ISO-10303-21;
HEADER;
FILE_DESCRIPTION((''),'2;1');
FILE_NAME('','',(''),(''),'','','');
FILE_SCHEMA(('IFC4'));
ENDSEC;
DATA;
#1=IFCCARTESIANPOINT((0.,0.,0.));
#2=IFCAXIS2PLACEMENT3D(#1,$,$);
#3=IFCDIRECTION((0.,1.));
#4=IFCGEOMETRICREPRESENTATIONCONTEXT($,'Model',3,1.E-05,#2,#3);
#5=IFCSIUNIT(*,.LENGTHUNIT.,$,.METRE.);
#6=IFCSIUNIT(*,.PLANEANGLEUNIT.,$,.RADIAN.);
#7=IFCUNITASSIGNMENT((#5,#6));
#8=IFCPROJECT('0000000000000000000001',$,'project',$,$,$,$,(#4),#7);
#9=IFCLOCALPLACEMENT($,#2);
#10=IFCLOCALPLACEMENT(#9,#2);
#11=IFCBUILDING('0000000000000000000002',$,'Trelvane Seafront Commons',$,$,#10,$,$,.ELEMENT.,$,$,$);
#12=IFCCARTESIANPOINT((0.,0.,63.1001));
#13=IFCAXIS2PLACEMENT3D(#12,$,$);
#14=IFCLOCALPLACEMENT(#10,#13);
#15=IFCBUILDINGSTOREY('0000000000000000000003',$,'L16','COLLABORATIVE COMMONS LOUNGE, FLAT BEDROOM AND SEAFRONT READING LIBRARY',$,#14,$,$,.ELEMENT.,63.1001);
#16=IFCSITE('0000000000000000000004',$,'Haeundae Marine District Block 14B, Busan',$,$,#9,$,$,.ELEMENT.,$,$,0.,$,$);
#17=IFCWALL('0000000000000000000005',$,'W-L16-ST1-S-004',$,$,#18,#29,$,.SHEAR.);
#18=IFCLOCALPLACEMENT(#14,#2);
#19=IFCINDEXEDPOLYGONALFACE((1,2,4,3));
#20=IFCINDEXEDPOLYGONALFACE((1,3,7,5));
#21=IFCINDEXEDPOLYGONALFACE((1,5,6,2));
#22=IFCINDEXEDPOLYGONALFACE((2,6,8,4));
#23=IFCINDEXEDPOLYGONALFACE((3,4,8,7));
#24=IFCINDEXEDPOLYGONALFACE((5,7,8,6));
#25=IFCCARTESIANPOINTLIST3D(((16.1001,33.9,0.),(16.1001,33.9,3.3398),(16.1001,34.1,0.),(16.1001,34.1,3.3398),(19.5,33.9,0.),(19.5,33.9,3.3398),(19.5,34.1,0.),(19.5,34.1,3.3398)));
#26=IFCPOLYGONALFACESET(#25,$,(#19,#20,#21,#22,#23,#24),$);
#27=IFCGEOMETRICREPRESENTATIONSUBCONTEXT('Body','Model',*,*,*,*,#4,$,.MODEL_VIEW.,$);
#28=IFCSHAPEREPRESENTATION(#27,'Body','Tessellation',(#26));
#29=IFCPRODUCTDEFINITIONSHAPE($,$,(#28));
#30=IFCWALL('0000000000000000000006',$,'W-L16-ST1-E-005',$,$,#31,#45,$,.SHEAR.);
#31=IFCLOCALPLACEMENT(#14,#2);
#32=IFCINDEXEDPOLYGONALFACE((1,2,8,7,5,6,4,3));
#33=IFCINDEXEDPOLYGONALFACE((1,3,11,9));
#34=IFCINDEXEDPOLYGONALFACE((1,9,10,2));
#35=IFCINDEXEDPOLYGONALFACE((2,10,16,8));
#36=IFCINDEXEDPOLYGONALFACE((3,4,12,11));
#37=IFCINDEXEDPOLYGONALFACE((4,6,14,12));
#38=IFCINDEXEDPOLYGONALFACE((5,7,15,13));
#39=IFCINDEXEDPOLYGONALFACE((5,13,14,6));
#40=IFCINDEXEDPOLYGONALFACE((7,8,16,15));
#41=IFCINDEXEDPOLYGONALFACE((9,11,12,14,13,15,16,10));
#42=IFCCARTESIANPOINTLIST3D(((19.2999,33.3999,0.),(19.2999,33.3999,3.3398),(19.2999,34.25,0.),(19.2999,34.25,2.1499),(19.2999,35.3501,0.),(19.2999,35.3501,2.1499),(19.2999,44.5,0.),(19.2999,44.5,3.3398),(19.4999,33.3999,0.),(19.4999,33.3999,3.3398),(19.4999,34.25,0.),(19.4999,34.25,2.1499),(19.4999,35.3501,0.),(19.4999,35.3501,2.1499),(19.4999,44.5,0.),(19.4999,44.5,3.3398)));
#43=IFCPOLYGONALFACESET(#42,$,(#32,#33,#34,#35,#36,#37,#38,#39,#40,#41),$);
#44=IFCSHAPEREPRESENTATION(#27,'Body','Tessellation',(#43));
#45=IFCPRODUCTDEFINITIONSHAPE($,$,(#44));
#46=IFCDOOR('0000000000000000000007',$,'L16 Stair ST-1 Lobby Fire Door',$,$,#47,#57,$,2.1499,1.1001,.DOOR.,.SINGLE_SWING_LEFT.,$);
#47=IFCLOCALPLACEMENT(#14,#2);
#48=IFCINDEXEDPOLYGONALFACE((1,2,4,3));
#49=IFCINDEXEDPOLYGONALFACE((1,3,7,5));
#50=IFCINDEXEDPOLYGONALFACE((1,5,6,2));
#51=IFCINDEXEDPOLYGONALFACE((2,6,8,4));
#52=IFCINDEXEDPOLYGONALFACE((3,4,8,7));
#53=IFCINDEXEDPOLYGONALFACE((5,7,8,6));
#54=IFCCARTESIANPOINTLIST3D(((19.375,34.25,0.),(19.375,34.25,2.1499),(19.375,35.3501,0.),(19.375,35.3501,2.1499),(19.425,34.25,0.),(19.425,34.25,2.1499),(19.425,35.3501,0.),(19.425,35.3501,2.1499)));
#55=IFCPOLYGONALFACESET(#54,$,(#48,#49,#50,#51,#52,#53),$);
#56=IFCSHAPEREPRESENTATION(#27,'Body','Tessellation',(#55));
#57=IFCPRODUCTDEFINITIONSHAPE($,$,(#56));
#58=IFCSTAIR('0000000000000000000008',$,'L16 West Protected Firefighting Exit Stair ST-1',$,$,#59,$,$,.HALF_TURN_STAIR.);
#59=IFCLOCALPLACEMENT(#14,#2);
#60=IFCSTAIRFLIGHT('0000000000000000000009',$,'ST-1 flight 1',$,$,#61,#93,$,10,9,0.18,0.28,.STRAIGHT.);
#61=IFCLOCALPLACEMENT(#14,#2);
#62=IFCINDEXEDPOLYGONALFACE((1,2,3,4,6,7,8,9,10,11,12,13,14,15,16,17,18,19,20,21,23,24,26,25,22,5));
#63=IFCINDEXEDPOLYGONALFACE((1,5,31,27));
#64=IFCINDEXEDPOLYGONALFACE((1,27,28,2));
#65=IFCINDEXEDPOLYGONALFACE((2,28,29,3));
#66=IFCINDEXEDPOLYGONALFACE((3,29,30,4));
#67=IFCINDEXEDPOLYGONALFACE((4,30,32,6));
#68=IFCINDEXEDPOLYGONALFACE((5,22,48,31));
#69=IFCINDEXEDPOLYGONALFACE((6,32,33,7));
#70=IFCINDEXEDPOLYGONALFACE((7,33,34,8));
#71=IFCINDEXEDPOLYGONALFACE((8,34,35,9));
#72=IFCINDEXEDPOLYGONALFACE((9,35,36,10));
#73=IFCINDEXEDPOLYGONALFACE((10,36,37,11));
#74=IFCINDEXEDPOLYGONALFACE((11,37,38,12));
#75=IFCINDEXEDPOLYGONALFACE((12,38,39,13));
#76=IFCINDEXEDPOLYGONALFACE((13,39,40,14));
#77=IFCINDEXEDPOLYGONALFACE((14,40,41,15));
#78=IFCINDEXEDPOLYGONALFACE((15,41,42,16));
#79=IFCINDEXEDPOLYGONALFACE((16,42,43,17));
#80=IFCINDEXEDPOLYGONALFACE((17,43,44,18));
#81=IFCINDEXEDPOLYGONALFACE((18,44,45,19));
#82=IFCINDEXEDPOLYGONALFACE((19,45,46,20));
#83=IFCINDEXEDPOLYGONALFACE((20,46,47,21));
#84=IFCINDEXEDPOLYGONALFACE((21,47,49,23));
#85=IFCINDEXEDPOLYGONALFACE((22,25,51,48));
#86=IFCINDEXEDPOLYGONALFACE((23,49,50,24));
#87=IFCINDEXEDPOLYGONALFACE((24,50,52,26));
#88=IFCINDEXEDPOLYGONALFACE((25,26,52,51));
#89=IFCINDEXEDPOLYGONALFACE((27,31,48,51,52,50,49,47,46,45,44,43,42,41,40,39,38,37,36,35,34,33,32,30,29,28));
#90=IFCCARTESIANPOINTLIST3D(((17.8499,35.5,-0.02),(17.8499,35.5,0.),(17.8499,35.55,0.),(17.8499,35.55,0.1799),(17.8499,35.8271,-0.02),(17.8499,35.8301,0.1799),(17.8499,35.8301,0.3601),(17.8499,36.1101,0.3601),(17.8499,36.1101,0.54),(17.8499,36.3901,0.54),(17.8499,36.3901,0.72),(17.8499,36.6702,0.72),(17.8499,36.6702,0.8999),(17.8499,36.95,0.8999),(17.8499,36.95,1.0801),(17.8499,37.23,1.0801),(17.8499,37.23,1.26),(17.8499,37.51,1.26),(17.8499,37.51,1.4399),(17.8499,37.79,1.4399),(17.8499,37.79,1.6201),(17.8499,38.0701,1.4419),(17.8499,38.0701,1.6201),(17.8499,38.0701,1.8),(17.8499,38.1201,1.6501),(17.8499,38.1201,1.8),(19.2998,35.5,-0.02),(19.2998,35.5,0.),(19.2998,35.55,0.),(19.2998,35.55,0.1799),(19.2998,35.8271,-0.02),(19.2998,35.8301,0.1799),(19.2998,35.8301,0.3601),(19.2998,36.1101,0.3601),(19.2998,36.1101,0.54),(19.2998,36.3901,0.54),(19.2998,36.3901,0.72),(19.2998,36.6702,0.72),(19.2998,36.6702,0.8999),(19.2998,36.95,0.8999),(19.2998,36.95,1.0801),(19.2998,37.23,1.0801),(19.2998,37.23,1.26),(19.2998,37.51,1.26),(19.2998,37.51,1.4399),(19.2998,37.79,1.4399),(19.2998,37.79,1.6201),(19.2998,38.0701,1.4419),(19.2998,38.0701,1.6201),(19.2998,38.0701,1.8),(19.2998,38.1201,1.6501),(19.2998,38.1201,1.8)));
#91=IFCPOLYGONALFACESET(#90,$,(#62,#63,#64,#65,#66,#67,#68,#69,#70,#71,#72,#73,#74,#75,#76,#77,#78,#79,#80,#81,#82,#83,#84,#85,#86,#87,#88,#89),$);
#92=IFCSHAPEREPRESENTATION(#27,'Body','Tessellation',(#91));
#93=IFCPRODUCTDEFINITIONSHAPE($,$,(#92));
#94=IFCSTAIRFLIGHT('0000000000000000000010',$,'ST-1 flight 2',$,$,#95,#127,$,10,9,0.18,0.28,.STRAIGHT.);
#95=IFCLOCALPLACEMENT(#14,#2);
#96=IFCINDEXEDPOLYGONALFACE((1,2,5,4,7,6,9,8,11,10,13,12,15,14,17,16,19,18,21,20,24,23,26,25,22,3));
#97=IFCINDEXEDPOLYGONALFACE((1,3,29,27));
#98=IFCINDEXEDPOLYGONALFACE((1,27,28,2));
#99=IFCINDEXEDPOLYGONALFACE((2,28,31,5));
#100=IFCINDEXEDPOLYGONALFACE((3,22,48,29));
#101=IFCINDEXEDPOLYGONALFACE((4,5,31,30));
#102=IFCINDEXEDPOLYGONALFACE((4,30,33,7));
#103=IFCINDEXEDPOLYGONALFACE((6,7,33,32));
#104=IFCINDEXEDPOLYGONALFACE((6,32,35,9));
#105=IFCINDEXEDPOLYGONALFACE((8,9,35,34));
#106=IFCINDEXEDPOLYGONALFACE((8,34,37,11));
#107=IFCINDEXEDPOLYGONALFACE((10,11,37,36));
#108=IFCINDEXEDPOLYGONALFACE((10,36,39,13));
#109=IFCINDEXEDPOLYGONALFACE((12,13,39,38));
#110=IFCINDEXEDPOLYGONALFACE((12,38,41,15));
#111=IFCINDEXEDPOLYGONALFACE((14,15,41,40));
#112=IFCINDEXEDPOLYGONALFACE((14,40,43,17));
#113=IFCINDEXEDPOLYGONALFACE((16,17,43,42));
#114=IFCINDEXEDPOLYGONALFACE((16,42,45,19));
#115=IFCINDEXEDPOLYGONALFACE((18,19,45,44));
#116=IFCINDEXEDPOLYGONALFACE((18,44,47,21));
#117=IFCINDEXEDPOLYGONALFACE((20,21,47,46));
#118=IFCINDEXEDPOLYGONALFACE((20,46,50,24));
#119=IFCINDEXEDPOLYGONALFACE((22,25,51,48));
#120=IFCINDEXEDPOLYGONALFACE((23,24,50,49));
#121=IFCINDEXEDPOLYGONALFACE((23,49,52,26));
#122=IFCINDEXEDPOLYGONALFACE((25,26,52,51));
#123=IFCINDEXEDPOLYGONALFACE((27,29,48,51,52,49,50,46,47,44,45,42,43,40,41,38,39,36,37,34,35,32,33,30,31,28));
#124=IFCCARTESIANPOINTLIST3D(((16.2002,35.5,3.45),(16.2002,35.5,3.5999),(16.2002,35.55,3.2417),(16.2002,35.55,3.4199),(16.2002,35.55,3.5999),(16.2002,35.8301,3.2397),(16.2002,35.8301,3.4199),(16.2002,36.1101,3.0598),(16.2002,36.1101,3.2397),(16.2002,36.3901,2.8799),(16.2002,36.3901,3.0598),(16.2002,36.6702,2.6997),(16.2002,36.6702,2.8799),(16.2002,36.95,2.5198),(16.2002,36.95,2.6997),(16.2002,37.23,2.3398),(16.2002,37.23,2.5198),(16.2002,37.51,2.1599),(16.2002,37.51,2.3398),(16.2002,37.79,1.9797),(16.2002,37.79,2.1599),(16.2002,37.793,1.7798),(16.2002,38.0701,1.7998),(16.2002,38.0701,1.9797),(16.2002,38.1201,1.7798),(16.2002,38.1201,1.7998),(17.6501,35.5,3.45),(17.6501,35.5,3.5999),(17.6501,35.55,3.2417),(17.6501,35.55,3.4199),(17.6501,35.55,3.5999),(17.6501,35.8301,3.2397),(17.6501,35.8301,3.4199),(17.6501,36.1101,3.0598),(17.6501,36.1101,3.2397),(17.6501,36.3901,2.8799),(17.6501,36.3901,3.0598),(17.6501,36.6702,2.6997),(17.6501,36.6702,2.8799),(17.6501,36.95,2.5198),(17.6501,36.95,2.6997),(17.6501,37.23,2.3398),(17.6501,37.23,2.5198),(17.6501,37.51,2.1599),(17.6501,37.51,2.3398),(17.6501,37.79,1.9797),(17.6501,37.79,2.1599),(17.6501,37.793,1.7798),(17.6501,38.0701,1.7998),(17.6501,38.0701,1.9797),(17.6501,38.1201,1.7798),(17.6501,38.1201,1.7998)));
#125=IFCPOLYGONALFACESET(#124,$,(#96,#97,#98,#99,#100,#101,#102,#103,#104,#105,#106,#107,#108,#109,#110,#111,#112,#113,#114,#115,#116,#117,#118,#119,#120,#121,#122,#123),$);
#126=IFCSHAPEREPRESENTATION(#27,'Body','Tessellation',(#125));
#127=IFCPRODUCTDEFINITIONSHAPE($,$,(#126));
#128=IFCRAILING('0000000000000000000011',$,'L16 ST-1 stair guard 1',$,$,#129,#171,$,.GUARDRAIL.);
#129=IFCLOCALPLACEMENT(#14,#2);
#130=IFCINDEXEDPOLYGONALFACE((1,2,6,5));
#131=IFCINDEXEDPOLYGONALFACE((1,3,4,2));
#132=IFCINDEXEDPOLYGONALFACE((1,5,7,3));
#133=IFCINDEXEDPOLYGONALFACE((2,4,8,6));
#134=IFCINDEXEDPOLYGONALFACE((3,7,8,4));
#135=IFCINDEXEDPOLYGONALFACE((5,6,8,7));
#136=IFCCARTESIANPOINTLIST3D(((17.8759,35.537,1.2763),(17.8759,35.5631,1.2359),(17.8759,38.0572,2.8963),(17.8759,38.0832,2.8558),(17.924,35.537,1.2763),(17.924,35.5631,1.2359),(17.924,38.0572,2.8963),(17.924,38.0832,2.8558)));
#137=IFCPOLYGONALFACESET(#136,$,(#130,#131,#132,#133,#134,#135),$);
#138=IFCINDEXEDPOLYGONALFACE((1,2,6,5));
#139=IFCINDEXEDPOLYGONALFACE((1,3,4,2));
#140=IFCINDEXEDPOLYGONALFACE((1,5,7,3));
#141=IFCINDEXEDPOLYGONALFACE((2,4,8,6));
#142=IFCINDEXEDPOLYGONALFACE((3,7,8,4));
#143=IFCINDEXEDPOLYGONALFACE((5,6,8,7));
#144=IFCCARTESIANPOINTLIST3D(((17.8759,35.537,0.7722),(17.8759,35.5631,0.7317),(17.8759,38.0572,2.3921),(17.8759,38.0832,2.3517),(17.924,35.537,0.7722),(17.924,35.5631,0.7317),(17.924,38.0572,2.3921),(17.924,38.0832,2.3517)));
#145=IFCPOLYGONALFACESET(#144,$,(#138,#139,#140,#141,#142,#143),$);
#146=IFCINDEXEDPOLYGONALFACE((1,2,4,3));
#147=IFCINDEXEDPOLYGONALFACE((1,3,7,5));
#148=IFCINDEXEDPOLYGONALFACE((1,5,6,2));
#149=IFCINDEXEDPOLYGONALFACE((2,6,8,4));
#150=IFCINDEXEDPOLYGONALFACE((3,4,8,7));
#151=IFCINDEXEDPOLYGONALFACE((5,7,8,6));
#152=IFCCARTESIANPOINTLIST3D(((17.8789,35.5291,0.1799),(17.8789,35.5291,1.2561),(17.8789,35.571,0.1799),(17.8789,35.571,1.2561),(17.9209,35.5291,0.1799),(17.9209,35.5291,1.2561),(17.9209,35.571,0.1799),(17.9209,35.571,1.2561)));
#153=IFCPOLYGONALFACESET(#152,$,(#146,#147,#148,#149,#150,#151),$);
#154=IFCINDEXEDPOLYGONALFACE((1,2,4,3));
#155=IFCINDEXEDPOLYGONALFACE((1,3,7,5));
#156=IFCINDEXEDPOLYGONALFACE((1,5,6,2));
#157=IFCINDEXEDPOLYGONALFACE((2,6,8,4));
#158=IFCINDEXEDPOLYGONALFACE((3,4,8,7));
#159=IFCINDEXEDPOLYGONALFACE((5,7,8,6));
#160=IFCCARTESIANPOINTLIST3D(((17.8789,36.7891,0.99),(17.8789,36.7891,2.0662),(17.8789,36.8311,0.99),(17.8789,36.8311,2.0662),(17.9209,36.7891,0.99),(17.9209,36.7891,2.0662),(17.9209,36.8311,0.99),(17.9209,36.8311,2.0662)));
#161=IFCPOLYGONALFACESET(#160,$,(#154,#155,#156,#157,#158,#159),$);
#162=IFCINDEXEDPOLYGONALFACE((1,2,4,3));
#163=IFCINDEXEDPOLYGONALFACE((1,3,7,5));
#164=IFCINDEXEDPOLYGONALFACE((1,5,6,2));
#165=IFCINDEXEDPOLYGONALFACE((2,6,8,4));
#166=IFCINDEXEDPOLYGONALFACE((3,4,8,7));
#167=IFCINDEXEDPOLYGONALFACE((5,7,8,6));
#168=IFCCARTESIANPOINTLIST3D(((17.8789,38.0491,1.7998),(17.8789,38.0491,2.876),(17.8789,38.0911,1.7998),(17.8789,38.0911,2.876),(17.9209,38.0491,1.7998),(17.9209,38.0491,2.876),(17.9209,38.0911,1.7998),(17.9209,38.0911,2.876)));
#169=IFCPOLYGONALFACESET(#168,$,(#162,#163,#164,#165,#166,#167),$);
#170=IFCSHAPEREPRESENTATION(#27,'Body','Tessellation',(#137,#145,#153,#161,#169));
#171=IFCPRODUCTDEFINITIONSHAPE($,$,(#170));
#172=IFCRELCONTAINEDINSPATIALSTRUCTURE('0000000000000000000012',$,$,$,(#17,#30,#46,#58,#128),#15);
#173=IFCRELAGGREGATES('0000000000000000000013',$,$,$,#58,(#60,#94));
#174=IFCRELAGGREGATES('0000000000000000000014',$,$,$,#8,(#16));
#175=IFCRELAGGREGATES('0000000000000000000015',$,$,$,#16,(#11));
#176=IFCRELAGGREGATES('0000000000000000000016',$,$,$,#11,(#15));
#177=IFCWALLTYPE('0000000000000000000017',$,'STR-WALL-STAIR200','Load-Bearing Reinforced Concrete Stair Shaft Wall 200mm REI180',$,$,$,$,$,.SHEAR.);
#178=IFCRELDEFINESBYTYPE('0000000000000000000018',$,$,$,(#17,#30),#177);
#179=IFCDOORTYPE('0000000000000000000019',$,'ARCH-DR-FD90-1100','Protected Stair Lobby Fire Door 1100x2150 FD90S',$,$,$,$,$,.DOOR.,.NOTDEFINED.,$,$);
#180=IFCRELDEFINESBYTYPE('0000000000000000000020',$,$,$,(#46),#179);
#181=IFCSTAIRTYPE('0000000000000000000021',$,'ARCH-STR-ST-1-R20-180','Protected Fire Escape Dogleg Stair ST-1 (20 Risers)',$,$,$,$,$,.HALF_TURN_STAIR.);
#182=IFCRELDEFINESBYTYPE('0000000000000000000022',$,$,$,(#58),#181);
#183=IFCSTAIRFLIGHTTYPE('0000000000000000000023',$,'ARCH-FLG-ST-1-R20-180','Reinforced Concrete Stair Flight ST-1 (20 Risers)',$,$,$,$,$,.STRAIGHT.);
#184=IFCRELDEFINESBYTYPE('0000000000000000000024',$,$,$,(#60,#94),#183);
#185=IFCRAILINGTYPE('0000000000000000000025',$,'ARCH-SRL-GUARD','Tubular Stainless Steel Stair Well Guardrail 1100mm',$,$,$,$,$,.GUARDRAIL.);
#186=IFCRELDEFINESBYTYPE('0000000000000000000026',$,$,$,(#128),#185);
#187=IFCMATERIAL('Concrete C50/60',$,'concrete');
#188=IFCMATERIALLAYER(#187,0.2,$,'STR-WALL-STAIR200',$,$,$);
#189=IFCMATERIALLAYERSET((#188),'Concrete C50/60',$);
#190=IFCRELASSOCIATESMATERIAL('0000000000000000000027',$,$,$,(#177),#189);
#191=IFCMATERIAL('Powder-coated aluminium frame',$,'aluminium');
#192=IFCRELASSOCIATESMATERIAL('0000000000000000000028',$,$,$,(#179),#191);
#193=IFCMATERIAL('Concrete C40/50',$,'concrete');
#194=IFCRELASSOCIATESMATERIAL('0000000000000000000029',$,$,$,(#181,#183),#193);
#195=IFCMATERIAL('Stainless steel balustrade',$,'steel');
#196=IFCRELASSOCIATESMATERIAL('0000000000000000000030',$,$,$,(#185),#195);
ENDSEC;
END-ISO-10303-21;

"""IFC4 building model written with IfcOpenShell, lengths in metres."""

from ifc_helpers import new_model, si_unit, direction, frame, frame_2d, origin, origin_2d, place, context, subcontext, project, spatial, polyline, rectangle, outline, extrude, source, transform, mapped, material, layer, layer_set, type_object, element, fill, aggregate, save


model = new_model("IFC4")

# Units and contexts
model_context = context("Model", 3, precision=1e-05, world=origin(), true_north=direction((0.0, 1.0)))
body_context = subcontext(model_context, "Body", "Model", "MODEL_VIEW")
ifc_project = project(units=[si_unit("LENGTHUNIT", "METRE"), si_unit("PLANEANGLEUNIT", "RADIAN")], contexts=[model_context])

# Site, building, storey
site_placement = place(None, origin())
site = spatial("IfcSite", under=ifc_project, at=site_placement, Name="Haeundae Marine District Block 14B, Busan", CompositionType="ELEMENT", RefElevation=0.0)
building_placement = place(site_placement, origin())
building = spatial("IfcBuilding", under=site, at=building_placement, Name="Trelvane Seafront Commons", CompositionType="ELEMENT")
storey_placement = place(building_placement, frame((0.0, 0.0, 63.1001)))
storey = spatial("IfcBuildingStorey", under=building, at=storey_placement, Name="L16", Description="COLLABORATIVE COMMONS LOUNGE, FLAT BEDROOM AND SEAFRONT READING LIBRARY", CompositionType="ELEMENT", Elevation=63.1001)

# Shared definitions
ifc_material_1 = material(Name="Powder-coated aluminium frame", Category="aluminium")

# Wall
ifc_material_2 = material(Name="Concrete C50/60", Category="concrete")
ifc_layer_1 = layer(ifc_material_2, 0.2, Name="STR-WALL-STAIR200")
ifc_layer_set_1 = layer_set([ifc_layer_1], Name="Concrete C50/60")
wall_type_1 = type_object("IfcWallType", Name="STR-WALL-STAIR200", Description="Load-Bearing Reinforced Concrete Stair Shaft Wall 200mm REI180", PredefinedType="SHEAR", material=ifc_layer_set_1)
wall_1_placement = place(storey_placement, frame((16.1001, 34.0, 0.0), z_axis=(0.0, 0.0, 1.0), x_axis=(1.0, 0.0, 0.0)))
element("IfcWall", 1, at=wall_1_placement, inside=storey, type_object=wall_type_1, Name="W-L16-ST1-S-004", PredefinedType="SHEAR", context=body_context, shape_type="SweptSolid", body=[
    extrude(rectangle(XDim=3.3999, YDim=0.2, at=frame_2d((1.7, 0.0))), origin(), (0.0, 0.0, 1.0), 3.3398),
])

# Wall, opening, door
wall_2_placement = place(storey_placement, frame((19.3999, 33.3999, 0.0), z_axis=(0.0, 0.0, 1.0), x_axis=(0.0, 1.0, 0.0)))
wall_2 = element("IfcWall", 2, at=wall_2_placement, inside=storey, type_object=wall_type_1, Name="W-L16-ST1-E-005", PredefinedType="SHEAR", context=body_context, shape_type="SweptSolid", body=[
    extrude(rectangle(XDim=11.1001, YDim=0.2, at=frame_2d((5.55, 0.0))), origin(), (0.0, 0.0, 1.0), 3.3398),
])
opening_1_placement = place(wall_2_placement, frame((0.8501, 0.0, 0.0)))
opening_1 = element("IfcOpeningElement", 3, at=opening_1_placement, cuts=wall_2, PredefinedType="OPENING", context=body_context, shape_type="SweptSolid", body=[
    extrude(rectangle(XDim=1.1001, YDim=2.1499, at=frame_2d((0.55, 1.075))), frame((0.0, 0.1099, 0.0), z_axis=(0.0, -1.0, 0.0), x_axis=(1.0, 0.0, 0.0)), (0.0, 0.0, 1.0), 0.22),
])
door_type_1 = type_object("IfcDoorType", Name="ARCH-DR-FD90-1100", Description="Protected Stair Lobby Fire Door 1100x2150 FD90S", OperationType="NOTDEFINED", PredefinedType="DOOR", material=ifc_material_1)
shared_shape_1 = source(origin(), body_context, "Body", "SweptSolid", [
    extrude(rectangle(XDim=1.1001, YDim=2.1499, at=frame_2d((0.55, 1.075))), frame((0.0, 0.0249, 0.0), z_axis=(0.0, -1.0, 0.0), x_axis=(1.0, 0.0, 0.0)), (0.0, 0.0, 1.0), 0.05),
])
door_1_placement = place(opening_1_placement, origin())
door_1 = element("IfcDoor", 4, at=door_1_placement, inside=storey, type_object=door_type_1, Name="L16 Stair ST-1 Lobby Fire Door", OperationType="SINGLE_SWING_LEFT", OverallHeight=2.1499, OverallWidth=1.1001, PredefinedType="DOOR", context=body_context, shape_type="MappedRepresentation", body=[
    mapped(shared_shape_1, transform((0.0, 0.0, 0.0), x_axis=(1.0, 0.0, 0.0), y_axis=(0.0, 1.0, 0.0), z_axis=(0.0, 0.0, 1.0), scale=1.0)),
])
fill(opening_1, door_1)

# Stair, stair flights
ifc_material_3 = material(Name="Concrete C40/50", Category="concrete")
stair_type = type_object("IfcStairType", Name="ARCH-STR-ST-1-R20-180", Description="Protected Fire Escape Dogleg Stair ST-1 (20 Risers)", PredefinedType="HALF_TURN_STAIR", material=ifc_material_3)
stair_placement = place(storey_placement, origin())
stair = element("IfcStair", 5, at=stair_placement, inside=storey, type_object=stair_type, Name="L16 West Protected Firefighting Exit Stair ST-1", PredefinedType="HALF_TURN_STAIR")
stair_flight_type = type_object("IfcStairFlightType", Name="ARCH-FLG-ST-1-R20-180", Description="Reinforced Concrete Stair Flight ST-1 (20 Risers)", PredefinedType="STRAIGHT", material=ifc_material_3)
shared_shape_2 = source(origin(), body_context, "Body", "SweptSolid", [
    extrude(outline(polyline([(-0.05, -0.02), (-0.05, 0.0), (0.0, 0.0), (0.0, 0.1799), (0.28, 0.1799), (0.28, 0.3601), (0.5601, 0.3601), (0.5601, 0.54), (0.8401, 0.54), (0.8401, 0.72), (1.1201, 0.72), (1.1201, 0.8999), (1.3999, 0.8999), (1.3999, 1.0801), (1.6799, 1.0801), (1.6799, 1.26), (1.96, 1.26), (1.96, 1.4399), (2.24, 1.4399), (2.24, 1.6201), (2.52, 1.6201), (2.52, 1.8), (2.5701, 1.8), (2.5701, 1.6501), (2.52, 1.4419), (0.2771, -0.02), (-0.05, -0.02)])), frame((0.0, 0.7251, 0.0), z_axis=(0.0, -1.0, 0.0), x_axis=(1.0, 0.0, 0.0)), (0.0, 0.0, 1.0), 1.45),
])
stair_flight_1_placement = place(storey_placement, frame((18.575, 35.55, 0.0), z_axis=(0.0, 0.0, 1.0), x_axis=(0.0, 1.0, 0.0)))
stair_flight_1 = element("IfcStairFlight", 6, at=stair_flight_1_placement, type_object=stair_flight_type, Name="ST-1 flight 1", NumberOfRisers=10, NumberOfTreads=9, PredefinedType="STRAIGHT", RiserHeight=0.18, TreadLength=0.28, context=body_context, shape_type="MappedRepresentation", body=[
    mapped(shared_shape_2, transform((0.0, 0.0, 0.0), x_axis=(1.0, 0.0, 0.0), y_axis=(0.0, 1.0, 0.0), z_axis=(0.0, 0.0, 1.0), scale=1.0)),
])
stair_flight_2_placement = place(storey_placement, frame((16.925, 38.0701, 1.7998), z_axis=(0.0, 0.0, 1.0), x_axis=(0.0, -1.0, 0.0)))
stair_flight_2 = element("IfcStairFlight", 7, at=stair_flight_2_placement, type_object=stair_flight_type, Name="ST-1 flight 2", NumberOfRisers=10, NumberOfTreads=9, PredefinedType="STRAIGHT", RiserHeight=0.18, TreadLength=0.28, context=body_context, shape_type="MappedRepresentation", body=[
    mapped(shared_shape_2, transform((0.0, 0.0, 0.0), x_axis=(1.0, 0.0, 0.0), y_axis=(0.0, 1.0, 0.0), z_axis=(0.0, 0.0, 1.0), scale=1.0)),
])
aggregate(stair, [stair_flight_1, stair_flight_2])

# Railing
ifc_material_4 = material(Name="Stainless steel balustrade", Category="steel")
railing_type_1 = type_object("IfcRailingType", Name="ARCH-SRL-GUARD", Description="Tubular Stainless Steel Stair Well Guardrail 1100mm", PredefinedType="GUARDRAIL", material=ifc_material_4)
railing_1_placement = place(storey_placement, frame((17.8999, 35.55, 0.1799)))
element("IfcRailing", 8, at=railing_1_placement, inside=storey, type_object=railing_type_1, Name="L16 ST-1 stair guard 1", PredefinedType="GUARDRAIL", context=body_context, shape_type="SweptSolid", body=[
    extrude(rectangle(XDim=0.0481, YDim=0.0481, at=origin_2d()), frame((0.0, 0.0, 1.0762), z_axis=(0.0, 0.8412, 0.540725), x_axis=(-1.0, 0.0, 0.0)), (0.0, 0.0, 1.0), 2.9958),
    extrude(rectangle(XDim=0.0481, YDim=0.0481, at=origin_2d()), frame((0.0, 0.0, 0.572), z_axis=(0.0, 0.8412, 0.540725), x_axis=(-1.0, 0.0, 0.0)), (0.0, 0.0, 1.0), 2.9958),
    extrude(rectangle(XDim=0.042, YDim=0.042, at=origin_2d()), origin(), (0.0, 0.0, 1.0), 1.0762),
    extrude(rectangle(XDim=0.042, YDim=0.042, at=origin_2d()), frame((0.0, 1.26, 0.8101)), (0.0, 0.0, 1.0), 1.0762),
    extrude(rectangle(XDim=0.042, YDim=0.042, at=origin_2d()), frame((0.0, 2.52, 1.6199)), (0.0, 0.0, 1.0), 1.0762),
])

save(model, "model.ifc")
